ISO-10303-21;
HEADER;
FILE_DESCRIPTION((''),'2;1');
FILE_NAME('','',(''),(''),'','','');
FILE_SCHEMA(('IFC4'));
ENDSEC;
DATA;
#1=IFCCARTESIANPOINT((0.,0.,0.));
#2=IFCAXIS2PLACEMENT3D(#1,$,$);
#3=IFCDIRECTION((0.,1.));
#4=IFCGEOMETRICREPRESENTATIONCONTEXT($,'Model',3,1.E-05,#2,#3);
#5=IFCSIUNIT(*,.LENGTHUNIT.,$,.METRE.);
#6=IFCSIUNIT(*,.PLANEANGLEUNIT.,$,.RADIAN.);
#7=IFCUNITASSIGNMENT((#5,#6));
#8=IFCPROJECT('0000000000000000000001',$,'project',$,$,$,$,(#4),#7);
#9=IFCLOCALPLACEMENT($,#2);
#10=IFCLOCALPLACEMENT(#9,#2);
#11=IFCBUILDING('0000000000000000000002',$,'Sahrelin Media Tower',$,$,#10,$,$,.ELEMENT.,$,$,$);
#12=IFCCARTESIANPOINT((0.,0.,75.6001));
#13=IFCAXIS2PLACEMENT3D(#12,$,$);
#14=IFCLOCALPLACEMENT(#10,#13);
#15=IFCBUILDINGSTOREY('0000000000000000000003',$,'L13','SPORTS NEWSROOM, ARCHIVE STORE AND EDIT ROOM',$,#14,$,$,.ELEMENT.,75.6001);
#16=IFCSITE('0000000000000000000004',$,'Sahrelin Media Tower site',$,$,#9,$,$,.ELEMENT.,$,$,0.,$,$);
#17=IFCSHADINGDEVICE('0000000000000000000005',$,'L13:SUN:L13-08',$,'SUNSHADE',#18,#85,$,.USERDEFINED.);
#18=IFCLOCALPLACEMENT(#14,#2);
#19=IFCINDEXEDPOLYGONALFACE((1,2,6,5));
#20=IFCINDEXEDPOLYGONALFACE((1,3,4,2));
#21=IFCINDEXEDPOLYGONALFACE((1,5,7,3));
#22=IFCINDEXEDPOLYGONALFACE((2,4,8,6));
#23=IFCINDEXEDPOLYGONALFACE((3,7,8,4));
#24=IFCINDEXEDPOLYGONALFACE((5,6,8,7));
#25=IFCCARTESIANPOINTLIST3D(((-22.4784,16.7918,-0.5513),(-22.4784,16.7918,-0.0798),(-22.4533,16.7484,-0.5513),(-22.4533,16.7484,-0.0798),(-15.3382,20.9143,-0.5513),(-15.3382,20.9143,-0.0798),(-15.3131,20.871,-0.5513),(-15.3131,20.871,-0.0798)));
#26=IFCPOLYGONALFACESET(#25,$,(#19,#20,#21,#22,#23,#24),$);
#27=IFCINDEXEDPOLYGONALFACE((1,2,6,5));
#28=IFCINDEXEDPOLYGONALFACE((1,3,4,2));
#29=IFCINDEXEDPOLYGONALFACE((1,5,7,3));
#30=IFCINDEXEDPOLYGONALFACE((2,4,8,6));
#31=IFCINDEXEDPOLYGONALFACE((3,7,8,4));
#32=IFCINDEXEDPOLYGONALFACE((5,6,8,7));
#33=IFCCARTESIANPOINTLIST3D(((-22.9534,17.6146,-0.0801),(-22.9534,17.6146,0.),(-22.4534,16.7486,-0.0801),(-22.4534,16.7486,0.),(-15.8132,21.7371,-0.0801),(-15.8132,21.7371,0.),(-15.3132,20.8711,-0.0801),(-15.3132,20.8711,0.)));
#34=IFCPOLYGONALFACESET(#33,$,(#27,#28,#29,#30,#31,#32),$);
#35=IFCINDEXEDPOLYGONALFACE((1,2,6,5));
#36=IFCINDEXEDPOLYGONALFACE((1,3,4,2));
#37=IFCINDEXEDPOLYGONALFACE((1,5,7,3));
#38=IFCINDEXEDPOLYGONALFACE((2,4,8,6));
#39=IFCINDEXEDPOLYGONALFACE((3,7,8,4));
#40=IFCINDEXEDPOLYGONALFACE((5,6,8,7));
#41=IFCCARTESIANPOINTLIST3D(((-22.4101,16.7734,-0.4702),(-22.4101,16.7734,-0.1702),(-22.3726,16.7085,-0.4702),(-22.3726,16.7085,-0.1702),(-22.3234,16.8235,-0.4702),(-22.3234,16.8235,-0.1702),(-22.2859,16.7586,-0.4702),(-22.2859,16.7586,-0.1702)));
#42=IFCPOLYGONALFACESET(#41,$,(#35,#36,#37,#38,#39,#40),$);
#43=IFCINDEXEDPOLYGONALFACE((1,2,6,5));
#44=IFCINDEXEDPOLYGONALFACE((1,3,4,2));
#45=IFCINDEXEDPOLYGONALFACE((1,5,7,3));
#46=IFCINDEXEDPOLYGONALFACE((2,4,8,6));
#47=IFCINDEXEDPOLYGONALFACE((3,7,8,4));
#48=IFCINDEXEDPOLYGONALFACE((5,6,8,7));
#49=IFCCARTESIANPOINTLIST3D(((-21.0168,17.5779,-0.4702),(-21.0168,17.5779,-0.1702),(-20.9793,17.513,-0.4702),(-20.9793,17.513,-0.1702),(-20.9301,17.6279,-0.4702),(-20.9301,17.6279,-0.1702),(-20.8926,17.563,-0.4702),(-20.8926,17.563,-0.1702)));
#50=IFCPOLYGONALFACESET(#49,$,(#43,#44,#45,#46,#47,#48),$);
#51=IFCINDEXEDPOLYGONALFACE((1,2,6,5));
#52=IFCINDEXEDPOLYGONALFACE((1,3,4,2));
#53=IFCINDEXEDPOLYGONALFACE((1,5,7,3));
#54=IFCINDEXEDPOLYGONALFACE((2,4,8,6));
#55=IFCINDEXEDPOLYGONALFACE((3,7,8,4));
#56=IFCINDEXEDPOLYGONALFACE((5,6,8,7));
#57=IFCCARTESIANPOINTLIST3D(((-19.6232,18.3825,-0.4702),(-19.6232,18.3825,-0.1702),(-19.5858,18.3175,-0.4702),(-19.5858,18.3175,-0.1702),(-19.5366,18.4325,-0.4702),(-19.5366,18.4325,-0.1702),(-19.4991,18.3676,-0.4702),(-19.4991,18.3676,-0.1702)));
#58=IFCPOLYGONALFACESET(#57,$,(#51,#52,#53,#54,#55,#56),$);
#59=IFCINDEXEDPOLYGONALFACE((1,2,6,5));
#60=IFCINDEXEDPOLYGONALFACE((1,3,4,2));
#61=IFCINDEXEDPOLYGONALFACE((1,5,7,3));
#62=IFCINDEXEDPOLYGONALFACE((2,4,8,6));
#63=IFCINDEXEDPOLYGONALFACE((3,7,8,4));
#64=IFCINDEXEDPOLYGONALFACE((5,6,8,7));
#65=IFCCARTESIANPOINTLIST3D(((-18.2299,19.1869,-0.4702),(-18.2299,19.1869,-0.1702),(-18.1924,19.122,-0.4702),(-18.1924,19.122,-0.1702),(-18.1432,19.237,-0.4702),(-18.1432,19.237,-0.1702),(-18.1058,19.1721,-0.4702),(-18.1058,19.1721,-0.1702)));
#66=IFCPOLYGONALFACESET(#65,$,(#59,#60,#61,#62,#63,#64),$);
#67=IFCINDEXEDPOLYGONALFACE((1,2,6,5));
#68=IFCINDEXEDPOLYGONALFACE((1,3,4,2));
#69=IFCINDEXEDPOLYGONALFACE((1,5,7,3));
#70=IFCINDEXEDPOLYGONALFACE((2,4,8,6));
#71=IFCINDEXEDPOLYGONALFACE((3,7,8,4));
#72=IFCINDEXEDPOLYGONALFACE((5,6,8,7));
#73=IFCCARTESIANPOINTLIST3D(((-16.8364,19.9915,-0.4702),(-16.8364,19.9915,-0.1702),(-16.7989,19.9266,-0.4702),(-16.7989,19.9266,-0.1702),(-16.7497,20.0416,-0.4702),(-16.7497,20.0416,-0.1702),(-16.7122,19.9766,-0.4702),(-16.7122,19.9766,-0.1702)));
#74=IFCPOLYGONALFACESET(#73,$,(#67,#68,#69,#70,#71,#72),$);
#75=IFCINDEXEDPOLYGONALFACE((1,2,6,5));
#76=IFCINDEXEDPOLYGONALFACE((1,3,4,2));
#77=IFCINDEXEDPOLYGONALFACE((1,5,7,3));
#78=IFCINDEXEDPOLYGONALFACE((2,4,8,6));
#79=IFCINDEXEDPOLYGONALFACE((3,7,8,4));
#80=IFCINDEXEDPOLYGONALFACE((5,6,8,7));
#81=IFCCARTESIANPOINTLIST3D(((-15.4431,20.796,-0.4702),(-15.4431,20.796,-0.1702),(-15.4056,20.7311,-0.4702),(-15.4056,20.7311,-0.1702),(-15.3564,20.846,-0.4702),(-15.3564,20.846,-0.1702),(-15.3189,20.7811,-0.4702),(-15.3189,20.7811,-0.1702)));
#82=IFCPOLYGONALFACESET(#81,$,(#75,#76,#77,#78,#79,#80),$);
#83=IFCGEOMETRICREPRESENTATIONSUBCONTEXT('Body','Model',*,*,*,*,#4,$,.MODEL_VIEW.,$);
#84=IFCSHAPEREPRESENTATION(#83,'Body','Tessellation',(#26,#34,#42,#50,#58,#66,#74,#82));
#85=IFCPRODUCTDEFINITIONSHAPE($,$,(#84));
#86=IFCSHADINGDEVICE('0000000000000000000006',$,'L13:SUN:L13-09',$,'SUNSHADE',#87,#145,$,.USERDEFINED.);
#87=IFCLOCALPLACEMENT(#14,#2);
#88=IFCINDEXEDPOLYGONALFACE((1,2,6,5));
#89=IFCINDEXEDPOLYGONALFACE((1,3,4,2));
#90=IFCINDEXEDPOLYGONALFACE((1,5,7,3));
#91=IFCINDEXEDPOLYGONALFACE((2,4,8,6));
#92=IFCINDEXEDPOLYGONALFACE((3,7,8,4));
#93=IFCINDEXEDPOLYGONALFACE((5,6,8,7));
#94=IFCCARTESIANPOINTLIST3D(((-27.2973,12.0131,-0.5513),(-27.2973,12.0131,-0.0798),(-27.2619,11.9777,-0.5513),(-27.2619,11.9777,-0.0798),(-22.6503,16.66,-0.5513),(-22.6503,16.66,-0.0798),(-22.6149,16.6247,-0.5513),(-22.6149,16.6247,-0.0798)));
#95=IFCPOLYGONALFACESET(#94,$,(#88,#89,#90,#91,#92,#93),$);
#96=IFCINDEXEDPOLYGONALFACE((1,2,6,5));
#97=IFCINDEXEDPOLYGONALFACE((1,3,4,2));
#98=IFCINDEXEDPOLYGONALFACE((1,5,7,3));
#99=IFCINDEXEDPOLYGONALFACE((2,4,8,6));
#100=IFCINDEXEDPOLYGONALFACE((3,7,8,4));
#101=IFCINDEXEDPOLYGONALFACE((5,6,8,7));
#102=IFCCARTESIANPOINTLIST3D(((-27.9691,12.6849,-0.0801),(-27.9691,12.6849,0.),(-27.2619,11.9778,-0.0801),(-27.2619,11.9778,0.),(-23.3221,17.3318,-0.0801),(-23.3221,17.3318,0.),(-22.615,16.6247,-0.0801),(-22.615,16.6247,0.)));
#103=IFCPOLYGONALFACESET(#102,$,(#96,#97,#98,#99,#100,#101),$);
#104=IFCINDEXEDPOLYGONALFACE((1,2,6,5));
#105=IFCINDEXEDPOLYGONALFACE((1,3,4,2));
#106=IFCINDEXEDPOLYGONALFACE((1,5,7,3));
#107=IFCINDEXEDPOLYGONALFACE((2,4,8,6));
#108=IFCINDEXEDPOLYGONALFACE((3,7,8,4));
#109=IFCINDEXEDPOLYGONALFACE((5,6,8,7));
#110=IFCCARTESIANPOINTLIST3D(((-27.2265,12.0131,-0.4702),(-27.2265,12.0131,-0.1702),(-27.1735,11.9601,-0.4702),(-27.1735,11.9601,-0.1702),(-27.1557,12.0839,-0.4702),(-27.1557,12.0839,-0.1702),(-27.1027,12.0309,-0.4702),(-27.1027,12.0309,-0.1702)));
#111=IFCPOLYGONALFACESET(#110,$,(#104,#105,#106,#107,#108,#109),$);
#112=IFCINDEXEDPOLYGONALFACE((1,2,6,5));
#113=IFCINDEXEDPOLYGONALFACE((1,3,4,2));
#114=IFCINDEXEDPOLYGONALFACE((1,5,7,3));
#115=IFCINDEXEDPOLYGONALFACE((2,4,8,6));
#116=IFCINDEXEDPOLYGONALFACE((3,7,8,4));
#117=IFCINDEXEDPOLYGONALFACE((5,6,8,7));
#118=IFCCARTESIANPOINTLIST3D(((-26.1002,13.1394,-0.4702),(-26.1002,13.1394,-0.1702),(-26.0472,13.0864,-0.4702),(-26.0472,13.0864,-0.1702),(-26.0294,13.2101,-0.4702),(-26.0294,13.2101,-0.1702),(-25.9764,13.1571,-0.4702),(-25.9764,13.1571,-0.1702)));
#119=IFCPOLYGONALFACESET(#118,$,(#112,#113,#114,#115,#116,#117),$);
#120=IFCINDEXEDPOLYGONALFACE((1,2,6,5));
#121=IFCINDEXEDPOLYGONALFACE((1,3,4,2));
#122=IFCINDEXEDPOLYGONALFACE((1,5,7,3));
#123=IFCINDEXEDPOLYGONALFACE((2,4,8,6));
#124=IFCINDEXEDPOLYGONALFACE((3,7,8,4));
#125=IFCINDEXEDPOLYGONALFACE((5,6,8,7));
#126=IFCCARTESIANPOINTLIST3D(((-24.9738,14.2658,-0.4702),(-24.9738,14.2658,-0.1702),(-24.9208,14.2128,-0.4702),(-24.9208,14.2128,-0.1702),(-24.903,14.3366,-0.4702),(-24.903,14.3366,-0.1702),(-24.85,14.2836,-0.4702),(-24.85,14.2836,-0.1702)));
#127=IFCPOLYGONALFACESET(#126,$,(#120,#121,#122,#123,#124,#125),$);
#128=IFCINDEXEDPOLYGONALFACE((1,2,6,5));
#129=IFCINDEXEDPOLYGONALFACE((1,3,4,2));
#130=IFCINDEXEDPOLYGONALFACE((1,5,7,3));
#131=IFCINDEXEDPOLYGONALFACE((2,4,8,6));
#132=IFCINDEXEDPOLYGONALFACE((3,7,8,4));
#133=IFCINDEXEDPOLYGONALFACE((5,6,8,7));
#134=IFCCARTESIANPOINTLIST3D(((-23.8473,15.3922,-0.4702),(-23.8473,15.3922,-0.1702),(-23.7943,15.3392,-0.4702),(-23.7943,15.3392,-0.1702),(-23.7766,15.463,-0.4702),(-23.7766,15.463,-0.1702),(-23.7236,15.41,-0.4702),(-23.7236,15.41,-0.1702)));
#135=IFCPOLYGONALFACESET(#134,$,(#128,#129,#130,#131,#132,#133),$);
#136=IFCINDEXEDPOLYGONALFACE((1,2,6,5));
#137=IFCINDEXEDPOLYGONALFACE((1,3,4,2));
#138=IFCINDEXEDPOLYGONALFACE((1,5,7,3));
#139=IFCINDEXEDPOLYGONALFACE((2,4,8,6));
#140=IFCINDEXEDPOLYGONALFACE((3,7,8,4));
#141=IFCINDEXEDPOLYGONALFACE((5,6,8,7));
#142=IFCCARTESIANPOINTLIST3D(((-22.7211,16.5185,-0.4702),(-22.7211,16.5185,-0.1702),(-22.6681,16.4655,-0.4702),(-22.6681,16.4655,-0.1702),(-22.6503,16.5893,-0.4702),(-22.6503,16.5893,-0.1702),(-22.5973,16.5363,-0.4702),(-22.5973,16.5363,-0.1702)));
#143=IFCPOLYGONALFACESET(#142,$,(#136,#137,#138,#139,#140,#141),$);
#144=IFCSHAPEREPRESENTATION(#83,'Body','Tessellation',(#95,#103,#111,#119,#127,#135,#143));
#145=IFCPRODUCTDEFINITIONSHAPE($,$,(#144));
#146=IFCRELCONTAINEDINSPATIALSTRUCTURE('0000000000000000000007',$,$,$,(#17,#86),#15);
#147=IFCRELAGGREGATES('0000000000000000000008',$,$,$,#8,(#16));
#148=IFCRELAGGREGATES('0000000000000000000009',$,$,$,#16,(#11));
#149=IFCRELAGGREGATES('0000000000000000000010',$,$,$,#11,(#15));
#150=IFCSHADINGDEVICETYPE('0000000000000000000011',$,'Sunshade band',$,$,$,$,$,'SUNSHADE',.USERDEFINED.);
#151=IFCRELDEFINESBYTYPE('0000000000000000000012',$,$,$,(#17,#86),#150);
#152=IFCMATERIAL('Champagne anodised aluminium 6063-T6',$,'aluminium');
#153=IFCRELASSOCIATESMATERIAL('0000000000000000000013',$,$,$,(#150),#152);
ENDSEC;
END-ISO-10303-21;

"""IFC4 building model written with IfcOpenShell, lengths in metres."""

from ifc_helpers import new_model, si_unit, direction, frame, origin, origin_2d, place, context, subcontext, project, spatial, rectangle, extrude, material, type_object, element, save


model = new_model("IFC4")

# Units and contexts
model_context = context("Model", 3, precision=1e-05, world=origin(), true_north=direction((0.0, 1.0)))
body_context = subcontext(model_context, "Body", "Model", "MODEL_VIEW")
ifc_project = project(units=[si_unit("LENGTHUNIT", "METRE"), si_unit("PLANEANGLEUNIT", "RADIAN")], contexts=[model_context])

# Site, building, storey
site_placement = place(None, origin())
site = spatial("IfcSite", under=ifc_project, at=site_placement, Name="Sahrelin Media Tower site", CompositionType="ELEMENT", RefElevation=0.0)
building_placement = place(site_placement, origin())
building = spatial("IfcBuilding", under=site, at=building_placement, Name="Sahrelin Media Tower", CompositionType="ELEMENT")
storey_placement = place(building_placement, frame((0.0, 0.0, 75.6001)))
storey = spatial("IfcBuildingStorey", under=building, at=storey_placement, Name="L13", Description="SPORTS NEWSROOM, ARCHIVE STORE AND EDIT ROOM", CompositionType="ELEMENT", Elevation=75.6001)

# Shared definitions
ifc_material_1 = material(Name="Champagne anodised aluminium 6063-T6", Category="aluminium")

# Shading devices
placement_1 = place(storey_placement, frame((-18.8733, 18.7925, 0.0), z_axis=(0.0, 0.0, 1.0), x_axis=(0.866019, 0.500011, 0.0)))
placement_2 = place(storey_placement, frame((-24.9243, 14.2871, 0.0), z_axis=(0.0, 0.0, 1.0), x_axis=(0.707107, 0.707107, 0.0)))
shading_device_type_1 = type_object("IfcShadingDeviceType", Name="Sunshade band", ElementType="SUNSHADE", PredefinedType="USERDEFINED", material=ifc_material_1)
element("IfcShadingDevice", 1, at=placement_1, inside=storey, type_object=shading_device_type_1, Name="L13:SUN:L13-08", ObjectType="SUNSHADE", PredefinedType="USERDEFINED", context=body_context, shape_type="SweptSolid", body=[
    extrude(rectangle(XDim=8.2449, YDim=0.05, at=origin_2d()), frame((0.0, 0.0449, -0.5513)), (0.0, 0.0, 1.0), 0.4714),
    extrude(rectangle(XDim=8.2449, YDim=1.0, at=origin_2d()), frame((0.0, 0.52, -0.0801)), (0.0, 0.0, 1.0), 0.0801),
    extrude(rectangle(XDim=0.1001, YDim=0.075, at=origin_2d()), frame((-4.0225, -0.0176, -0.4702)), (0.0, 0.0, 1.0), 0.3),
    extrude(rectangle(XDim=0.1001, YDim=0.075, at=origin_2d()), frame((-2.4136, -0.0176, -0.4702)), (0.0, 0.0, 1.0), 0.3),
    extrude(rectangle(XDim=0.1001, YDim=0.075, at=origin_2d()), frame((-0.8044, -0.0176, -0.4702)), (0.0, 0.0, 1.0), 0.3),
    extrude(rectangle(XDim=0.1001, YDim=0.075, at=origin_2d()), frame((0.8044, -0.0176, -0.4702)), (0.0, 0.0, 1.0), 0.3),
    extrude(rectangle(XDim=0.1001, YDim=0.075, at=origin_2d()), frame((2.4136, -0.0176, -0.4702)), (0.0, 0.0, 1.0), 0.3),
    extrude(rectangle(XDim=0.1001, YDim=0.075, at=origin_2d()), frame((4.0225, -0.0176, -0.4702)), (0.0, 0.0, 1.0), 0.3),
])
element("IfcShadingDevice", 2, at=placement_2, inside=storey, type_object=shading_device_type_1, Name="L13:SUN:L13-09", ObjectType="SUNSHADE", PredefinedType="USERDEFINED", context=body_context, shape_type="SweptSolid", body=[
    extrude(rectangle(XDim=6.5718, YDim=0.05, at=origin_2d()), frame((0.0, 0.0449, -0.5513)), (0.0, 0.0, 1.0), 0.4714),
    extrude(rectangle(XDim=6.5718, YDim=1.0, at=origin_2d()), frame((0.0, 0.52, -0.0801)), (0.0, 0.0, 1.0), 0.0801),
    extrude(rectangle(XDim=0.1001, YDim=0.075, at=origin_2d()), frame((-3.1858, -0.0176, -0.4702)), (0.0, 0.0, 1.0), 0.3),
    extrude(rectangle(XDim=0.1001, YDim=0.075, at=origin_2d()), frame((-1.593, -0.0176, -0.4702)), (0.0, 0.0, 1.0), 0.3),
    extrude(rectangle(XDim=0.1001, YDim=0.075, at=origin_2d()), frame((0.0, -0.0176, -0.4702)), (0.0, 0.0, 1.0), 0.3),
    extrude(rectangle(XDim=0.1001, YDim=0.075, at=origin_2d()), frame((1.593, -0.0176, -0.4702)), (0.0, 0.0, 1.0), 0.3),
    extrude(rectangle(XDim=0.1001, YDim=0.075, at=origin_2d()), frame((3.1858, -0.0176, -0.4702)), (0.0, 0.0, 1.0), 0.3),
])

save(model, "model.ifc")
